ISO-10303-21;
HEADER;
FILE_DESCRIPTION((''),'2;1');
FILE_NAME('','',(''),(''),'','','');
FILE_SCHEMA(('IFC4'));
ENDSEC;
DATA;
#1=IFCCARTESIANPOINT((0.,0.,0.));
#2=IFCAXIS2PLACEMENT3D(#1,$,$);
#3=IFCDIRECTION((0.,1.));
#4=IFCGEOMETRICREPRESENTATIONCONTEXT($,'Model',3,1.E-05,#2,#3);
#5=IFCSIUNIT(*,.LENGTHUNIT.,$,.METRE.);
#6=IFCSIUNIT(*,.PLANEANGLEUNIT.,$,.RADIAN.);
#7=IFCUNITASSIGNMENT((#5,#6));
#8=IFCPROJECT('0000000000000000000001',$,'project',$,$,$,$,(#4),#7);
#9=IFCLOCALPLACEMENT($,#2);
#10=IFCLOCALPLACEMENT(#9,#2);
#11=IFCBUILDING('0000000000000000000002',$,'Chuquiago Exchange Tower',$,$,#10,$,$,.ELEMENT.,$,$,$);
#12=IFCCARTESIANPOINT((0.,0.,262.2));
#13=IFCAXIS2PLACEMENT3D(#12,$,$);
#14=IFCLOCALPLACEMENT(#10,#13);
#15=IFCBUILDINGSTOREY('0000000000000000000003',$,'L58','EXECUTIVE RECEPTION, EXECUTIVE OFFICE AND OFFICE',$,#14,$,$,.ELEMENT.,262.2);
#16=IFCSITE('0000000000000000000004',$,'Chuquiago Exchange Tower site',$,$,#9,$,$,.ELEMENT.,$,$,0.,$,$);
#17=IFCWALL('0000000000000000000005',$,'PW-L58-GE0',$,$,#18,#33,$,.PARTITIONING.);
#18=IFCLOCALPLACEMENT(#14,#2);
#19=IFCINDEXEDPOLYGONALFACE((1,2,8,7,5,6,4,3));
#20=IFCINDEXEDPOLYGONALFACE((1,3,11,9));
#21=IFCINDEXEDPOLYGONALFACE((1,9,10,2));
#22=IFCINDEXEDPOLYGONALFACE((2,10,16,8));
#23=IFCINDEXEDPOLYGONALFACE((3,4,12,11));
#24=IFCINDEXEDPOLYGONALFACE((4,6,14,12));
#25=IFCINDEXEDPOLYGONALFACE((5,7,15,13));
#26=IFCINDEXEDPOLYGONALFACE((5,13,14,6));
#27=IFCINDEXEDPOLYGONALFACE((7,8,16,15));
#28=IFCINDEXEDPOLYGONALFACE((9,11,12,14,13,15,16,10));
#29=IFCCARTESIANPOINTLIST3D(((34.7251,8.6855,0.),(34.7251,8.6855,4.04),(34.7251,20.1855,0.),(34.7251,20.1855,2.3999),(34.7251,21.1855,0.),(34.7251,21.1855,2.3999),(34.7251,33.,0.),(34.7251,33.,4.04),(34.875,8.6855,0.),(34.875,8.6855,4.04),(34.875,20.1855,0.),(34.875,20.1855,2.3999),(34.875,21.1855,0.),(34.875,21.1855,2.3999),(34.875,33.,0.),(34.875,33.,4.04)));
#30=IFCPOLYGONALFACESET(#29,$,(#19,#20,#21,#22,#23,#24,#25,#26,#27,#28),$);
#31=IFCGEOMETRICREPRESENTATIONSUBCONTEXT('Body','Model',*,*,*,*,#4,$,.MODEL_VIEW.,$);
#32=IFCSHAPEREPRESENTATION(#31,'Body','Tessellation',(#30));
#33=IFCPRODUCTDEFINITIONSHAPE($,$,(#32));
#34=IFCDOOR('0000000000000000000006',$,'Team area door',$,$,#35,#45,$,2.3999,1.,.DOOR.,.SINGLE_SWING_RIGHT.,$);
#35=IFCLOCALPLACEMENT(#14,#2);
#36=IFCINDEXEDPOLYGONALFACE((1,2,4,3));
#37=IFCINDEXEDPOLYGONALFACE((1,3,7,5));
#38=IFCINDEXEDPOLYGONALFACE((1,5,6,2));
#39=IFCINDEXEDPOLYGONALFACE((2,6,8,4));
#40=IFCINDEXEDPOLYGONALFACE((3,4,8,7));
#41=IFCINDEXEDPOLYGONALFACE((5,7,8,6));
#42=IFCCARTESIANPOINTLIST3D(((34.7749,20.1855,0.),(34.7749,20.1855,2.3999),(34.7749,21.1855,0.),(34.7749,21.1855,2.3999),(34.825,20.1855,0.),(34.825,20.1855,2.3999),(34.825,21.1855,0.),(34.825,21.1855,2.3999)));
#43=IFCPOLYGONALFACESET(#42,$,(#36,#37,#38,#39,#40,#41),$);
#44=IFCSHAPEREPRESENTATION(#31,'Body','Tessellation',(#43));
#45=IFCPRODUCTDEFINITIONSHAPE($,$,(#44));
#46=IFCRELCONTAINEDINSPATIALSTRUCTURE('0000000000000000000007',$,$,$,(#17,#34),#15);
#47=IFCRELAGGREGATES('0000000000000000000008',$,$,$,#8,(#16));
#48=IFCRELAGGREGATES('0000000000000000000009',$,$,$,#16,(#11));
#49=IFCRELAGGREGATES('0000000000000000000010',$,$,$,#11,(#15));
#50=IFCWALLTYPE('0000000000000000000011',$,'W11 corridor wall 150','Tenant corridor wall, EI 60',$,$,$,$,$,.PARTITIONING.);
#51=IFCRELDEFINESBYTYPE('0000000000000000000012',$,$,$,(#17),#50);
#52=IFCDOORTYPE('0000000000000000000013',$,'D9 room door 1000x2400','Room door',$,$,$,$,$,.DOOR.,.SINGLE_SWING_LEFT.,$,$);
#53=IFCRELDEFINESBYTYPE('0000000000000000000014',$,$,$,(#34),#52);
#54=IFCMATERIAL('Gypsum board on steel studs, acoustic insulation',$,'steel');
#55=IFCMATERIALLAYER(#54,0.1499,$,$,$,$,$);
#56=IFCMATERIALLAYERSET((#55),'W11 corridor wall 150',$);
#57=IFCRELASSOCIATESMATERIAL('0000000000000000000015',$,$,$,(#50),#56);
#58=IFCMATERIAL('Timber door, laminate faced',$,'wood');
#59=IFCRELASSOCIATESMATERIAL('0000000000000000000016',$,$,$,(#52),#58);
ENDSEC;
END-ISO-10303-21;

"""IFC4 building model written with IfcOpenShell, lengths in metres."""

from ifc_helpers import new_model, si_unit, direction, frame, frame_2d, origin, place, context, subcontext, project, spatial, rectangle, extrude, material, layer, layer_set, type_object, element, fill, save


model = new_model("IFC4")

# Units and contexts
model_context = context("Model", 3, precision=1e-05, world=origin(), true_north=direction((0.0, 1.0)))
body_context = subcontext(model_context, "Body", "Model", "MODEL_VIEW")
ifc_project = project(units=[si_unit("LENGTHUNIT", "METRE"), si_unit("PLANEANGLEUNIT", "RADIAN")], contexts=[model_context])

# Site, building, storey
site_placement = place(None, origin())
site = spatial("IfcSite", under=ifc_project, at=site_placement, Name="Chuquiago Exchange Tower site", CompositionType="ELEMENT", RefElevation=0.0)
building_placement = place(site_placement, origin())
building = spatial("IfcBuilding", under=site, at=building_placement, Name="Chuquiago Exchange Tower", CompositionType="ELEMENT")
storey_placement = place(building_placement, frame((0.0, 0.0, 262.2)))
storey = spatial("IfcBuildingStorey", under=building, at=storey_placement, Name="L58", Description="EXECUTIVE RECEPTION, EXECUTIVE OFFICE AND OFFICE", CompositionType="ELEMENT", Elevation=262.2)

# Wall, opening, door
ifc_material_1 = material(Name="Gypsum board on steel studs, acoustic insulation", Category="steel")
ifc_layer_1 = layer(ifc_material_1, 0.1499)
ifc_layer_set_1 = layer_set([ifc_layer_1], Name="W11 corridor wall 150")
wall_type_1 = type_object("IfcWallType", Name="W11 corridor wall 150", Description="Tenant corridor wall, EI 60", PredefinedType="PARTITIONING", material=ifc_layer_set_1)
wall_1_placement = place(storey_placement, frame((34.8, 8.6855, 0.0), z_axis=(0.0, 0.0, 1.0), x_axis=(0.0, 1.0, 0.0)))
wall_1 = element("IfcWall", 1, at=wall_1_placement, inside=storey, type_object=wall_type_1, Name="PW-L58-GE0", PredefinedType="PARTITIONING", context=body_context, shape_type="SweptSolid", body=[
    extrude(rectangle(XDim=24.3145, YDim=0.1499, at=frame_2d((12.1572, 0.0))), origin(), (0.0, 0.0, 1.0), 4.04),
])
opening_1_placement = place(wall_1_placement, frame((11.5, 0.0, 0.0)))
opening_1 = element("IfcOpeningElement", 2, at=opening_1_placement, cuts=wall_1, PredefinedType="OPENING", context=body_context, shape_type="SweptSolid", body=[
    extrude(rectangle(XDim=1.0, YDim=2.3999, at=frame_2d((0.5, 1.2))), frame((0.0, 0.085, 0.0), z_axis=(0.0, -1.0, 0.0), x_axis=(1.0, 0.0, 0.0)), (0.0, 0.0, 1.0), 0.1699),
])
ifc_material_2 = material(Name="Timber door, laminate faced", Category="wood")
door_type_1 = type_object("IfcDoorType", Name="D9 room door 1000x2400", Description="Room door", OperationType="SINGLE_SWING_LEFT", PredefinedType="DOOR", material=ifc_material_2)
door_1_placement = place(opening_1_placement, frame((1.0, 0.0, 0.0), z_axis=(0.0, 0.0, 1.0), x_axis=(-1.0, 0.0, 0.0)))
door_1 = element("IfcDoor", 3, at=door_1_placement, inside=storey, type_object=door_type_1, Name="Team area door", OperationType="SINGLE_SWING_RIGHT", OverallHeight=2.3999, OverallWidth=1.0, PredefinedType="DOOR", context=body_context, shape_type="SweptSolid", body=[
    extrude(rectangle(XDim=1.0, YDim=2.3999, at=frame_2d((0.5, 1.2))), frame((0.0, 0.0249, 0.0), z_axis=(0.0, -1.0, 0.0), x_axis=(1.0, 0.0, 0.0)), (0.0, 0.0, 1.0), 0.05),
])
fill(opening_1, door_1)

save(model, "model.ifc")
